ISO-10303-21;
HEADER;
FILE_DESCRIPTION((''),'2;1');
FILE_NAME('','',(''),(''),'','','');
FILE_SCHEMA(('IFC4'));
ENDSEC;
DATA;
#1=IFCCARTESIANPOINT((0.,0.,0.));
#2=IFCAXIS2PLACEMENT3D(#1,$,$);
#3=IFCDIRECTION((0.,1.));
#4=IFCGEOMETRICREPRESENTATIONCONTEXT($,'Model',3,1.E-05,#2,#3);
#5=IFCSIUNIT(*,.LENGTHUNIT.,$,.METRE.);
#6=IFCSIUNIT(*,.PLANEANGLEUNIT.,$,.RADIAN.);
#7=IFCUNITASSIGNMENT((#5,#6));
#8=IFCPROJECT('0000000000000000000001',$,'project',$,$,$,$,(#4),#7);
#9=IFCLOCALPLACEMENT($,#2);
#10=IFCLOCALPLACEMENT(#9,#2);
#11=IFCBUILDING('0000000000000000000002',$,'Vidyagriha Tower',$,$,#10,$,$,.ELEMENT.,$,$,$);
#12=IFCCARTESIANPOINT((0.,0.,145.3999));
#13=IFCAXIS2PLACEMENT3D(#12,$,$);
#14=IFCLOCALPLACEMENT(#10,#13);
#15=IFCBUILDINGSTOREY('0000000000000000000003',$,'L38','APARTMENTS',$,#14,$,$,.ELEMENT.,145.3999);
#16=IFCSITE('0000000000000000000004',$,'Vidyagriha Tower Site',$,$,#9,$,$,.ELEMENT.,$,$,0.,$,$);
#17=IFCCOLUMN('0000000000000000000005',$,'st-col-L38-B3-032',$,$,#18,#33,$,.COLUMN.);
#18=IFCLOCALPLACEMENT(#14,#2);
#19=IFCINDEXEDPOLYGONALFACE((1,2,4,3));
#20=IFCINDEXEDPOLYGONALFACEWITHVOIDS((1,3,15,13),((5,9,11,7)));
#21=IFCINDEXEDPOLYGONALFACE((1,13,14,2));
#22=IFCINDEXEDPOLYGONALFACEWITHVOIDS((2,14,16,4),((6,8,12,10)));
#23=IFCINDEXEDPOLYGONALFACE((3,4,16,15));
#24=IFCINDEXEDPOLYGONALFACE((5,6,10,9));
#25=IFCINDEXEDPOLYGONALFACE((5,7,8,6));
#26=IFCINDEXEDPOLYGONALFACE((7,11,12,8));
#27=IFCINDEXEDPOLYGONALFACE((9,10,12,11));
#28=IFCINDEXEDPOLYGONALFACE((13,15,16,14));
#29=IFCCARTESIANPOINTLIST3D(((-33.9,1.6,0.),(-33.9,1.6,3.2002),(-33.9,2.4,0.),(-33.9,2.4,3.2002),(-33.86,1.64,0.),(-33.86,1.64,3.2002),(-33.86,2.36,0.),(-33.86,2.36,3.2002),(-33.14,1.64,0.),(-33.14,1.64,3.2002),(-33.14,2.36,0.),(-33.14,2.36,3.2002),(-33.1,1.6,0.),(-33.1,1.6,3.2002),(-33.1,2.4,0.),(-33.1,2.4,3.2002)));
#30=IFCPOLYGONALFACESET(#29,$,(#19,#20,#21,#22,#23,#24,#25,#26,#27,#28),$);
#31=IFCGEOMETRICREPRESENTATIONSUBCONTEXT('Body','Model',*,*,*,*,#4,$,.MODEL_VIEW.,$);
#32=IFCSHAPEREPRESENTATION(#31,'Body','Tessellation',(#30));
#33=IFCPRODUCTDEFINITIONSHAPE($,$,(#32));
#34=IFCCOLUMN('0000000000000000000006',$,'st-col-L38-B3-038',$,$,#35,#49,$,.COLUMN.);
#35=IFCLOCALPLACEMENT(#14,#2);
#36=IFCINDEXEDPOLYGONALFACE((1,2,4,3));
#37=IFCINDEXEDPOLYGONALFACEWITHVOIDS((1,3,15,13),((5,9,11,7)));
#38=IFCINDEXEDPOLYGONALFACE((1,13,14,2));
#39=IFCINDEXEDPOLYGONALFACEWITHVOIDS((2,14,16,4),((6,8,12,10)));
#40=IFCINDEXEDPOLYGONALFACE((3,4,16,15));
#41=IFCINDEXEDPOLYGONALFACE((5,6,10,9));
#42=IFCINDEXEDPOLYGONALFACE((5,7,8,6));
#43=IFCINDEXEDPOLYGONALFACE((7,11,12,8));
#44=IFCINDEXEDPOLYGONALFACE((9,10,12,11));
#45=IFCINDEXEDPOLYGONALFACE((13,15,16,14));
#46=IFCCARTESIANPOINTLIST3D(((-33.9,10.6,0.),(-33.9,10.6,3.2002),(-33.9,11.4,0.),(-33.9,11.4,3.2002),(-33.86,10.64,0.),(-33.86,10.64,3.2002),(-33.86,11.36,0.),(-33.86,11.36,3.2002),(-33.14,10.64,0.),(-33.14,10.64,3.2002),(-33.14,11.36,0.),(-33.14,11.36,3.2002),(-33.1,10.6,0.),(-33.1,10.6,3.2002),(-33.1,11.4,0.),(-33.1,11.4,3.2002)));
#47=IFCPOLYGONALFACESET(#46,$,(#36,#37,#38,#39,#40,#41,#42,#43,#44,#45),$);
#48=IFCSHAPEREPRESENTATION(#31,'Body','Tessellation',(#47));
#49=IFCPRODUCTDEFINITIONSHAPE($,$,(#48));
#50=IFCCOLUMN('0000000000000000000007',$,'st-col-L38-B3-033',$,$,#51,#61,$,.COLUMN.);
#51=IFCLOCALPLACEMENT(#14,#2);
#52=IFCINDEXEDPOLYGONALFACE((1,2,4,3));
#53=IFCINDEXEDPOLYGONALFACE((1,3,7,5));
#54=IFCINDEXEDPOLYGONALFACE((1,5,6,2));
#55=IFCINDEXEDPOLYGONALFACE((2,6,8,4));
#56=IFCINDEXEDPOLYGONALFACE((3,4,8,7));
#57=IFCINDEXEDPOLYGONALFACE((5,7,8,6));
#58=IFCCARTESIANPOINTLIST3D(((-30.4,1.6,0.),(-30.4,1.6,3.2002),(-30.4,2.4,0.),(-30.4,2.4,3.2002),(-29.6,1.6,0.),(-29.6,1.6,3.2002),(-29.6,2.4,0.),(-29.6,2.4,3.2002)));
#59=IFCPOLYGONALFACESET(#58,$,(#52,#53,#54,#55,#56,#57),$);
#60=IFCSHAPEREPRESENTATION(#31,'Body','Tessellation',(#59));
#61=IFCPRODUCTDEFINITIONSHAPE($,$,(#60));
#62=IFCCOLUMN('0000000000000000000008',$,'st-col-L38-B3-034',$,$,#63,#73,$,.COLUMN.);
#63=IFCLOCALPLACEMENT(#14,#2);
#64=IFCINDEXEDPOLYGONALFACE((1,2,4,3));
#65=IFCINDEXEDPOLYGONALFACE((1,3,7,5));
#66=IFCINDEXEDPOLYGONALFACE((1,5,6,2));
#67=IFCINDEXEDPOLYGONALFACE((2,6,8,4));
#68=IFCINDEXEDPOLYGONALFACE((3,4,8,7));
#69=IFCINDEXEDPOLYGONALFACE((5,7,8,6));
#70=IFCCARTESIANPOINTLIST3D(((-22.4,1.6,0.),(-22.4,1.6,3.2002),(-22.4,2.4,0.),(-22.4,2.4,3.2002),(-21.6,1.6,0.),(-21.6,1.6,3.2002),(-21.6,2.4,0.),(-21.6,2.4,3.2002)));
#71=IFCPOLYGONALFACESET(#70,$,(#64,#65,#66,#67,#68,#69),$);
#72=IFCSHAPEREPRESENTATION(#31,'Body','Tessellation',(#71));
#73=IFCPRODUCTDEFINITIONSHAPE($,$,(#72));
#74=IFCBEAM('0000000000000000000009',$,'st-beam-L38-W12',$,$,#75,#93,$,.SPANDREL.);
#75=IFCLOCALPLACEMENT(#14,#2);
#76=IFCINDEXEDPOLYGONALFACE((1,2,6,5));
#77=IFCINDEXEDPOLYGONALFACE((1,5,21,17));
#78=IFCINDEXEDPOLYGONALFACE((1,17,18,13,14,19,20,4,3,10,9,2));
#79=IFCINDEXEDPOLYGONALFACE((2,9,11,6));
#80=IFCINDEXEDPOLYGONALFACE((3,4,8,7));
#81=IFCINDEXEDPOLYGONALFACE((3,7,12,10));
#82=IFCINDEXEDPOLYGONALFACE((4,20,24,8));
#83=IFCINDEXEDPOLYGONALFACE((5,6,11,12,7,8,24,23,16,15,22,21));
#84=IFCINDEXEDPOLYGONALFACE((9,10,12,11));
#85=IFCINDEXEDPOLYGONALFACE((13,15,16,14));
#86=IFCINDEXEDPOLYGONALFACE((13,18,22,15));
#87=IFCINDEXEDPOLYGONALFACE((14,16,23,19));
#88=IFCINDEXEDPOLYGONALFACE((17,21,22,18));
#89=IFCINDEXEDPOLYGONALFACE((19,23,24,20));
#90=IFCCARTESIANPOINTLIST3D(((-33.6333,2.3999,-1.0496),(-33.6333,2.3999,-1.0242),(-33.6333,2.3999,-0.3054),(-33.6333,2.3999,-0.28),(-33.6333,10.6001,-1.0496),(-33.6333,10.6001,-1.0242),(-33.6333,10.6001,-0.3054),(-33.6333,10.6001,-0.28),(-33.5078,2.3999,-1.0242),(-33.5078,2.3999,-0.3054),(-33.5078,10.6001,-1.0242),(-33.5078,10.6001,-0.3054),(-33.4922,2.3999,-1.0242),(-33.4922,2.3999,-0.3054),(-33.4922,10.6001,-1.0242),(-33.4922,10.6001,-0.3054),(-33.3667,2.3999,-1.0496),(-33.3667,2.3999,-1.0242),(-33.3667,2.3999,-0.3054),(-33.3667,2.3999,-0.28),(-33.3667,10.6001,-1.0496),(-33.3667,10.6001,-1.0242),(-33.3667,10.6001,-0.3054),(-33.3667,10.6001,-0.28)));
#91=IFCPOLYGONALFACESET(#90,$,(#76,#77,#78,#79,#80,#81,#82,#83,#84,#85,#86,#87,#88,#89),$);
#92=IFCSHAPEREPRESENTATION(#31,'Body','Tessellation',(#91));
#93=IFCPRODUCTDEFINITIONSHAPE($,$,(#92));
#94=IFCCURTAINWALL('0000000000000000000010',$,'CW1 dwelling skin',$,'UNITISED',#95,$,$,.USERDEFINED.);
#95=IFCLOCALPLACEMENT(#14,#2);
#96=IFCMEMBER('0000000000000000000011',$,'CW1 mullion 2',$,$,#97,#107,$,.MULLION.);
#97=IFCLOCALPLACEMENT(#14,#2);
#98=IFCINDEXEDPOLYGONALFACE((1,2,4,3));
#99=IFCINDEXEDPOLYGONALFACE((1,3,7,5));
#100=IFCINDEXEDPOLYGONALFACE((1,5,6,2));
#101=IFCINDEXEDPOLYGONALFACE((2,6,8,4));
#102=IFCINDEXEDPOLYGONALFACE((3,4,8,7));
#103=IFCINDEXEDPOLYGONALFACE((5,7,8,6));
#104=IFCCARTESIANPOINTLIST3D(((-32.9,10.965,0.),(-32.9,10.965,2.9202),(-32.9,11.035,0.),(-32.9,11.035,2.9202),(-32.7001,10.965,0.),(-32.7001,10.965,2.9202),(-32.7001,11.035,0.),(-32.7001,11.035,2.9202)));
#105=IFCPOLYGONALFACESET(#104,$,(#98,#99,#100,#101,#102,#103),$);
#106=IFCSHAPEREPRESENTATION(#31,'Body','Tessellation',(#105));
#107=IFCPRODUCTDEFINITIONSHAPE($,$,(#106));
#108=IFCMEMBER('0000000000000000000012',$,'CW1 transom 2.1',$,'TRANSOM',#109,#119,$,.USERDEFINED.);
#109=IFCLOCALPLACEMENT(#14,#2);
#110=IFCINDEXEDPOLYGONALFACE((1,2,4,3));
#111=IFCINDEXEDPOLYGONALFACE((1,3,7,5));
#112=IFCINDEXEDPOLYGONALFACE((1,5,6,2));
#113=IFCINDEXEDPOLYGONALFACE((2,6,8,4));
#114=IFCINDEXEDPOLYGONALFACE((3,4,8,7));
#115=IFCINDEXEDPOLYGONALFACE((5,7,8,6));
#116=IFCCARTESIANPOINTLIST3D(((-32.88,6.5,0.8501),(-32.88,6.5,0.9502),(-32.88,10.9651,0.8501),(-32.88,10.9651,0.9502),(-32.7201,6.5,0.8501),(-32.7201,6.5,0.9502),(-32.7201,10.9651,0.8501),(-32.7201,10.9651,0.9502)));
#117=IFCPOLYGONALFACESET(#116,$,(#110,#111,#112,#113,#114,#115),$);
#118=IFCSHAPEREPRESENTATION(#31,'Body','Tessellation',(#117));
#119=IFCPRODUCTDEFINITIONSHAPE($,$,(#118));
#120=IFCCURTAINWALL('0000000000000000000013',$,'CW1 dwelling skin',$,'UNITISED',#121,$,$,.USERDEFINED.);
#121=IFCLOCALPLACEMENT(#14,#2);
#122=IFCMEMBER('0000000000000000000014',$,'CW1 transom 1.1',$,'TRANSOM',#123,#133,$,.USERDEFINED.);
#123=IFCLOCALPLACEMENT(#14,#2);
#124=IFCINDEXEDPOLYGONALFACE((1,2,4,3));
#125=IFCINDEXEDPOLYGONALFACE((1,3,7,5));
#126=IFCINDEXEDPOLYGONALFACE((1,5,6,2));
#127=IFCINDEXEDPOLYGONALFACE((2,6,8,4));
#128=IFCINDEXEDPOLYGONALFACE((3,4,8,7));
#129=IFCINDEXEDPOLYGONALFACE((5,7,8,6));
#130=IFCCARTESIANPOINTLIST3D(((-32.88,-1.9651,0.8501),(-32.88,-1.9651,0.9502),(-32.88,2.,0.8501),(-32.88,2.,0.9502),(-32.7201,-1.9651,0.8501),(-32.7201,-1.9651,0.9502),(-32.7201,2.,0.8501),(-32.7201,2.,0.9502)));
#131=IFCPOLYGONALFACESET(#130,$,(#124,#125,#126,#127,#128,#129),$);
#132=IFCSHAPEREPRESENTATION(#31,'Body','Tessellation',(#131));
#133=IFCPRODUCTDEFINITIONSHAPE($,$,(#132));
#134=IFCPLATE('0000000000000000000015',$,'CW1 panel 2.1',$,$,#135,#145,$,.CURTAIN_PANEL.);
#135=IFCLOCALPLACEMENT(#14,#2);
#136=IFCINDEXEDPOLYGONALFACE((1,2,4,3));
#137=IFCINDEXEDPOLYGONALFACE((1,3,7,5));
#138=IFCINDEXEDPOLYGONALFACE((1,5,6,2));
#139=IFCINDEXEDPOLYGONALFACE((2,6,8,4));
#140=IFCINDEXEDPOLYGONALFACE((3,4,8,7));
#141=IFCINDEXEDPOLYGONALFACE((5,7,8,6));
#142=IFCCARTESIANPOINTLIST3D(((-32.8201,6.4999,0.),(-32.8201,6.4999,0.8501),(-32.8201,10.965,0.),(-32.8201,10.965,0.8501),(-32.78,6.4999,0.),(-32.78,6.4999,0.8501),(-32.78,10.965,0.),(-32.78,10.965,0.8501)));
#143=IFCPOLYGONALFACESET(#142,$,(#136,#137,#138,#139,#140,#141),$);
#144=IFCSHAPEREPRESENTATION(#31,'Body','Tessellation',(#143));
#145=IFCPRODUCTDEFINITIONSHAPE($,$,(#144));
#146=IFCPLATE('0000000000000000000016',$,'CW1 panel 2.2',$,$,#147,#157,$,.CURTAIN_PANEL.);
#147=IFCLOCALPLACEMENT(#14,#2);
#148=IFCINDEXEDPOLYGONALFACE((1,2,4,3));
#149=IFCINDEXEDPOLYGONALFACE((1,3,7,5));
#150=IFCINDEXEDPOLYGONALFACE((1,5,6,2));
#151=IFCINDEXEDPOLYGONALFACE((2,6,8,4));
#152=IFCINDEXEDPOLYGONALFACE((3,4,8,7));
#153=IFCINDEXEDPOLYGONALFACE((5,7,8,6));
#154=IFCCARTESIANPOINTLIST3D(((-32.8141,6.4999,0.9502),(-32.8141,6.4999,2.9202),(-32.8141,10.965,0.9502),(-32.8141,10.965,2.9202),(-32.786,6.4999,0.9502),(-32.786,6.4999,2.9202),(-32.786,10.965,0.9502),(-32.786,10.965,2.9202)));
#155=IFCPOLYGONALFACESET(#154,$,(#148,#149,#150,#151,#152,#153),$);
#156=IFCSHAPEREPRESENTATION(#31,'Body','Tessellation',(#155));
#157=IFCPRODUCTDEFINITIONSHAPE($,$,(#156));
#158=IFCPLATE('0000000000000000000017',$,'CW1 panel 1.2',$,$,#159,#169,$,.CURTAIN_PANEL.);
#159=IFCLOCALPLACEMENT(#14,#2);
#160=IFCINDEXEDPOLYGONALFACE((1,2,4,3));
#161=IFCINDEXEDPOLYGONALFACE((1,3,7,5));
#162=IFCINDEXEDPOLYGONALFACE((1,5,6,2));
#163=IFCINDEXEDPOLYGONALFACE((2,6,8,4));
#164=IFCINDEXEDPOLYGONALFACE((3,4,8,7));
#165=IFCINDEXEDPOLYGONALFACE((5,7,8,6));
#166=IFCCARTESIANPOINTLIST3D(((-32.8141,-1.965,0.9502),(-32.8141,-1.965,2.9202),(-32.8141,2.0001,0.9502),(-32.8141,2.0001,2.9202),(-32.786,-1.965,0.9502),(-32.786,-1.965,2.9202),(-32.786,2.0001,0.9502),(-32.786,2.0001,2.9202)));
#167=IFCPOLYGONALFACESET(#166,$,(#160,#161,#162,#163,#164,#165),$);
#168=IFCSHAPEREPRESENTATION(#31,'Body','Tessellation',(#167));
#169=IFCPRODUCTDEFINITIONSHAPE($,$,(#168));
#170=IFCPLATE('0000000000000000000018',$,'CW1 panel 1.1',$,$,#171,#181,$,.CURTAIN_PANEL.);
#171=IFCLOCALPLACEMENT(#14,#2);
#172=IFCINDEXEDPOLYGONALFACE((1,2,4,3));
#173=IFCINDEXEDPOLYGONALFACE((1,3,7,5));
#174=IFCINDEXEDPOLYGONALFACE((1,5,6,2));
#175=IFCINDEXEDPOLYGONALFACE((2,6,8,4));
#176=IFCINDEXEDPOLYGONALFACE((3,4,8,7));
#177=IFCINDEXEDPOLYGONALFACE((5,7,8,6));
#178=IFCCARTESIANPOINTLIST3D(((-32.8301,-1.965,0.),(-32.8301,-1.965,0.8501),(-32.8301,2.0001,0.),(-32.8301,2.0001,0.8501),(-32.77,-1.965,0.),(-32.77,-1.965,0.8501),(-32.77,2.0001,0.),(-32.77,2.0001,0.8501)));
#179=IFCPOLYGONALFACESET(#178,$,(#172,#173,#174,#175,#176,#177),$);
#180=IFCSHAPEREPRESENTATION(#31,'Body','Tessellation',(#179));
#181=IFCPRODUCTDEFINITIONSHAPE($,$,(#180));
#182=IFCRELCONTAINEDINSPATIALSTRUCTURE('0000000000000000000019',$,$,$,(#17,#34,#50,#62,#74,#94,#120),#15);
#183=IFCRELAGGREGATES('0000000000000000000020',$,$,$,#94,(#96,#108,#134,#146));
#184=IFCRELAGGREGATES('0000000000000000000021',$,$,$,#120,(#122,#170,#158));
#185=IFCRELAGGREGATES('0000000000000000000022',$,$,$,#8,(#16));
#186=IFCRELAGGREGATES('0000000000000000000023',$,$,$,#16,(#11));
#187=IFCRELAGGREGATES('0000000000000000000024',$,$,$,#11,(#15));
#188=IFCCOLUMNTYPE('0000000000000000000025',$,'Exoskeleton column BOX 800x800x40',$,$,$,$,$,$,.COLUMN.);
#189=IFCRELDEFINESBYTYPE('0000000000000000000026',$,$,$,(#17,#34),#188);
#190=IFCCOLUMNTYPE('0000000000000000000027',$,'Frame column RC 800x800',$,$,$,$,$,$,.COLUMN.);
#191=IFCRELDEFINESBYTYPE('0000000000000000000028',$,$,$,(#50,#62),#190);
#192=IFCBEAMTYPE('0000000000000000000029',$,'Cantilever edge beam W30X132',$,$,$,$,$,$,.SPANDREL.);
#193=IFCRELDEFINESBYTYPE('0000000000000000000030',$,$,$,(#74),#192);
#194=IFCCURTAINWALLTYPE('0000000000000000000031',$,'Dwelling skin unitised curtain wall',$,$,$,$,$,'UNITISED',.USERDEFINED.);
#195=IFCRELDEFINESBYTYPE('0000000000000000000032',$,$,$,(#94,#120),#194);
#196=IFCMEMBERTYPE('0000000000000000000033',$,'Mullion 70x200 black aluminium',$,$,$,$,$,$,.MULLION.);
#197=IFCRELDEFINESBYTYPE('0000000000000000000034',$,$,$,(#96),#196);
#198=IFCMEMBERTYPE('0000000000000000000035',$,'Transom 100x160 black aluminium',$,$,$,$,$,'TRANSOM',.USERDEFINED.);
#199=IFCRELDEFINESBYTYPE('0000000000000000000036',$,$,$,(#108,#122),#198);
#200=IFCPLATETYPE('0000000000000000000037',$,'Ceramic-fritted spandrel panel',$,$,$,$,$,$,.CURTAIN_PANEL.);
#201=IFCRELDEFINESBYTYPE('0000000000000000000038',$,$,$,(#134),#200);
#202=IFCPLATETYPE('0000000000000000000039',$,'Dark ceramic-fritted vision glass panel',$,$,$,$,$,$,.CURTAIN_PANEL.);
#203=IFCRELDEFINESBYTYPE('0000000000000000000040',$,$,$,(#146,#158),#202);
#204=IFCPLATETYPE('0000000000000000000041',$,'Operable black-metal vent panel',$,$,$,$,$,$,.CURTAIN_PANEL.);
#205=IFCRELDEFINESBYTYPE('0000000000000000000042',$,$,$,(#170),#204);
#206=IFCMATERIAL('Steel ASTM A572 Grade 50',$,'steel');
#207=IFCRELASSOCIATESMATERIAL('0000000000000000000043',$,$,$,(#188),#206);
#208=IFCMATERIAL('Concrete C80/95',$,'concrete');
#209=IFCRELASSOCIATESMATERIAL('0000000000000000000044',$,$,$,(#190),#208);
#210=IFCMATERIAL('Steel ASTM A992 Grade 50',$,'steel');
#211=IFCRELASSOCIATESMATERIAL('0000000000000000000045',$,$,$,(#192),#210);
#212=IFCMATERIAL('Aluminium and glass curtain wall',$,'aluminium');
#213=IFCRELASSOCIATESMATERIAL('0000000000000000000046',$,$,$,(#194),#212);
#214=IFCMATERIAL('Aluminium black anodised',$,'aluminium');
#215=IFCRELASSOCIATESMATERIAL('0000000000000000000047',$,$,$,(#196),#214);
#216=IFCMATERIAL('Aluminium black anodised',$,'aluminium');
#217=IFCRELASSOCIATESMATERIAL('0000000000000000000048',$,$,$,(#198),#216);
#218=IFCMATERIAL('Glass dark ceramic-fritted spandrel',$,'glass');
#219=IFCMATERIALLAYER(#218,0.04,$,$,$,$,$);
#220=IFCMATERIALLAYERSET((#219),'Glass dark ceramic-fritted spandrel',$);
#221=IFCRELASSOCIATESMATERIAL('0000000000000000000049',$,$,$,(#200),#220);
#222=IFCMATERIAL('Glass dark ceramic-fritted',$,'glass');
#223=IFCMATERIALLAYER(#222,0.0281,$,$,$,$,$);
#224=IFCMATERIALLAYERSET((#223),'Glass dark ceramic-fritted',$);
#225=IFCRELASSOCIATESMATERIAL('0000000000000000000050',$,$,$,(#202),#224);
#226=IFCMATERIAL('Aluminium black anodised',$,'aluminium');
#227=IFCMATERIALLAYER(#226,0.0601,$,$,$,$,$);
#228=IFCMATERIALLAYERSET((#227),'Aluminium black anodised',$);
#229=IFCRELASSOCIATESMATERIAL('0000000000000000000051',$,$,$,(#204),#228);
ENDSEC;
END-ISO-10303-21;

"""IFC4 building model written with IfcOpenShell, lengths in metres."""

from ifc_helpers import new_model, si_unit, direction, frame, origin, origin_2d, place, context, subcontext, project, spatial, rectangle, hollow_rectangle, i_section, extrude, material, layer, layer_set, material_profile, profile_set, type_object, element, aggregate, save


model = new_model("IFC4")

# Units and contexts
model_context = context("Model", 3, precision=1e-05, world=origin(), true_north=direction((0.0, 1.0)))
body_context = subcontext(model_context, "Body", "Model", "MODEL_VIEW")
ifc_project = project(units=[si_unit("LENGTHUNIT", "METRE"), si_unit("PLANEANGLEUNIT", "RADIAN")], contexts=[model_context])

# Site, building, storey
site_placement = place(None, origin())
site = spatial("IfcSite", under=ifc_project, at=site_placement, Name="Vidyagriha Tower Site", CompositionType="ELEMENT", RefElevation=0.0)
building_placement = place(site_placement, origin())
building = spatial("IfcBuilding", under=site, at=building_placement, Name="Vidyagriha Tower", CompositionType="ELEMENT")
storey_placement = place(building_placement, frame((0.0, 0.0, 145.3999)))
storey = spatial("IfcBuildingStorey", under=building, at=storey_placement, Name="L38", Description="APARTMENTS", CompositionType="ELEMENT", Elevation=145.3999)

# Columns
ifc_material_1 = material(Name="Steel ASTM A572 Grade 50", Category="steel")
ifc_material_profile_1 = material_profile(ifc_material_1, hollow_rectangle(XDim=0.8, YDim=0.8, WallThickness=0.04, at=origin_2d()), Name="BOX 800x800x40")
ifc_profile_set_1 = profile_set([ifc_material_profile_1], Name="Steel ASTM A572 Grade 50")
column_type_1 = type_object("IfcColumnType", Name="Exoskeleton column BOX 800x800x40", PredefinedType="COLUMN", material=ifc_profile_set_1)
for number, where, name in (
    (1, (-33.5, 2.0, 0.0), "st-col-L38-B3-032"),
    (2, (-33.5, 11.0, 0.0), "st-col-L38-B3-038"),
):
    element("IfcColumn", number, at=place(storey_placement, frame(where)), inside=storey, type_object=column_type_1, Name=name, PredefinedType="COLUMN", context=body_context, shape_type="SweptSolid", body=[
        extrude(hollow_rectangle(XDim=0.8, YDim=0.8, WallThickness=0.04, at=origin_2d()), origin(), (0.0, 0.0, 1.0), 3.2002),
    ])
ifc_material_2 = material(Name="Concrete C80/95", Category="concrete")
ifc_material_profile_2 = material_profile(ifc_material_2, rectangle(XDim=0.8, YDim=0.8, at=origin_2d()), Name="RC 800x800")
ifc_profile_set_2 = profile_set([ifc_material_profile_2], Name="Concrete C80/95")
column_type_2 = type_object("IfcColumnType", Name="Frame column RC 800x800", PredefinedType="COLUMN", material=ifc_profile_set_2)
for number, where, name in (
    (3, (-30.0, 2.0, 0.0), "st-col-L38-B3-033"),
    (4, (-22.0, 2.0, 0.0), "st-col-L38-B3-034"),
):
    element("IfcColumn", number, at=place(storey_placement, frame(where)), inside=storey, type_object=column_type_2, Name=name, PredefinedType="COLUMN", context=body_context, shape_type="SweptSolid", body=[
        extrude(rectangle(XDim=0.8, YDim=0.8, at=origin_2d()), origin(), (0.0, 0.0, 1.0), 3.2002),
    ])

# Beam
ifc_material_3 = material(Name="Steel ASTM A992 Grade 50", Category="steel")
ifc_material_profile_3 = material_profile(ifc_material_3, i_section(OverallWidth=0.2666, OverallDepth=0.7695, WebThickness=0.0156, FlangeThickness=0.0254, at=origin_2d()), Name="W30X132")
ifc_profile_set_3 = profile_set([ifc_material_profile_3], Name="Steel ASTM A992 Grade 50")
beam_type = type_object("IfcBeamType", Name="Cantilever edge beam W30X132", PredefinedType="SPANDREL", material=ifc_profile_set_3)
beam_placement = place(storey_placement, frame((-33.5, 2.3999, -0.6648), z_axis=(0.0, 1.0, 0.0), x_axis=(-1.0, 0.0, 0.0)))
element("IfcBeam", 5, at=beam_placement, inside=storey, type_object=beam_type, Name="st-beam-L38-W12", PredefinedType="SPANDREL", context=body_context, shape_type="SweptSolid", body=[
    extrude(i_section(OverallWidth=0.2666, OverallDepth=0.7695, WebThickness=0.0156, FlangeThickness=0.0254, at=origin_2d()), origin(), (0.0, 0.0, 1.0), 8.2002),
])

# Curtain wall, members
ifc_material_4 = material(Name="Aluminium and glass curtain wall", Category="aluminium")
curtain_wall_type = type_object("IfcCurtainWallType", Name="Dwelling skin unitised curtain wall", ElementType="UNITISED", PredefinedType="USERDEFINED", material=ifc_material_4)
curtain_wall_1_placement = place(storey_placement, origin())
curtain_wall_1 = element("IfcCurtainWall", 6, at=curtain_wall_1_placement, inside=storey, type_object=curtain_wall_type, Name="CW1 dwelling skin", ObjectType="UNITISED", PredefinedType="USERDEFINED")
ifc_material_5 = material(Name="Aluminium black anodised", Category="aluminium")
ifc_material_profile_4 = material_profile(ifc_material_5, rectangle(XDim=0.2, YDim=0.0701, at=origin_2d()), Name="Mullion 70x200 black aluminium")
ifc_profile_set_4 = profile_set([ifc_material_profile_4], Name="Aluminium black anodised")
member_type_1 = type_object("IfcMemberType", Name="Mullion 70x200 black aluminium", PredefinedType="MULLION", material=ifc_profile_set_4)
member_1_placement = place(storey_placement, frame((-32.8, 11.0, 0.0)))
member_1 = element("IfcMember", 7, at=member_1_placement, type_object=member_type_1, Name="CW1 mullion 2", PredefinedType="MULLION", context=body_context, shape_type="SweptSolid", body=[
    extrude(rectangle(XDim=0.2, YDim=0.0701, at=origin_2d()), origin(), (0.0, 0.0, 1.0), 2.9202),
])
ifc_material_6 = material(Name="Aluminium black anodised", Category="aluminium")
ifc_material_profile_5 = material_profile(ifc_material_6, rectangle(XDim=0.1599, YDim=0.1001, at=origin_2d()), Name="Transom 100x160 black aluminium")
ifc_profile_set_5 = profile_set([ifc_material_profile_5], Name="Aluminium black anodised")
member_type_2 = type_object("IfcMemberType", Name="Transom 100x160 black aluminium", ElementType="TRANSOM", PredefinedType="USERDEFINED", material=ifc_profile_set_5)
member_2_placement = place(storey_placement, frame((-32.8, 10.9651, 0.9001), z_axis=(0.0, -1.0, 0.0), x_axis=(1.0, 0.0, 0.0)))
member_2 = element("IfcMember", 8, at=member_2_placement, type_object=member_type_2, Name="CW1 transom 2.1", ObjectType="TRANSOM", PredefinedType="USERDEFINED", context=body_context, shape_type="SweptSolid", body=[
    extrude(rectangle(XDim=0.1599, YDim=0.1001, at=origin_2d()), origin(), (0.0, 0.0, 1.0), 4.4651),
])

# Curtain wall, member
curtain_wall_2_placement = place(storey_placement, origin())
curtain_wall_2 = element("IfcCurtainWall", 9, at=curtain_wall_2_placement, inside=storey, type_object=curtain_wall_type, Name="CW1 dwelling skin", ObjectType="UNITISED", PredefinedType="USERDEFINED")
member_3_placement = place(storey_placement, frame((-32.8, 2.0, 0.9001), z_axis=(0.0, -1.0, 0.0), x_axis=(1.0, 0.0, 0.0)))
member_3 = element("IfcMember", 10, at=member_3_placement, type_object=member_type_2, Name="CW1 transom 1.1", ObjectType="TRANSOM", PredefinedType="USERDEFINED", context=body_context, shape_type="SweptSolid", body=[
    extrude(rectangle(XDim=0.1599, YDim=0.1001, at=origin_2d()), origin(), (0.0, 0.0, 1.0), 3.9651),
])

# Plates
ifc_material_7 = material(Name="Glass dark ceramic-fritted spandrel", Category="glass")
ifc_layer_1 = layer(ifc_material_7, 0.04)
ifc_layer_set_1 = layer_set([ifc_layer_1], Name="Glass dark ceramic-fritted spandrel")
plate_type_1 = type_object("IfcPlateType", Name="Ceramic-fritted spandrel panel", PredefinedType="CURTAIN_PANEL", material=ifc_layer_set_1)
plate_1_placement = place(storey_placement, frame((-32.8, 8.7324, 0.0), z_axis=(0.0, 0.0, 1.0), x_axis=(0.0, -1.0, 0.0)))
plate_1 = element("IfcPlate", 11, at=plate_1_placement, type_object=plate_type_1, Name="CW1 panel 2.1", PredefinedType="CURTAIN_PANEL", context=body_context, shape_type="SweptSolid", body=[
    extrude(rectangle(XDim=4.4651, YDim=0.04, at=origin_2d()), origin(), (0.0, 0.0, 1.0), 0.8501),
])
ifc_material_8 = material(Name="Glass dark ceramic-fritted", Category="glass")
ifc_layer_2 = layer(ifc_material_8, 0.0281)
ifc_layer_set_2 = layer_set([ifc_layer_2], Name="Glass dark ceramic-fritted")
plate_type_2 = type_object("IfcPlateType", Name="Dark ceramic-fritted vision glass panel", PredefinedType="CURTAIN_PANEL", material=ifc_layer_set_2)
plate_2_placement = place(storey_placement, frame((-32.8, 8.7324, 0.9502), z_axis=(0.0, 0.0, 1.0), x_axis=(0.0, -1.0, 0.0)))
plate_2 = element("IfcPlate", 12, at=plate_2_placement, type_object=plate_type_2, Name="CW1 panel 2.2", PredefinedType="CURTAIN_PANEL", context=body_context, shape_type="SweptSolid", body=[
    extrude(rectangle(XDim=4.4651, YDim=0.0281, at=origin_2d()), origin(), (0.0, 0.0, 1.0), 1.97),
])
aggregate(curtain_wall_1, [member_1, member_2, plate_1, plate_2])
plate_3_placement = place(storey_placement, frame((-32.8, 0.0176, 0.9502), z_axis=(0.0, 0.0, 1.0), x_axis=(0.0, -1.0, 0.0)))
plate_3 = element("IfcPlate", 13, at=plate_3_placement, type_object=plate_type_2, Name="CW1 panel 1.2", PredefinedType="CURTAIN_PANEL", context=body_context, shape_type="SweptSolid", body=[
    extrude(rectangle(XDim=3.9651, YDim=0.0281, at=origin_2d()), origin(), (0.0, 0.0, 1.0), 1.97),
])
ifc_material_9 = material(Name="Aluminium black anodised", Category="aluminium")
ifc_layer_3 = layer(ifc_material_9, 0.0601)
ifc_layer_set_3 = layer_set([ifc_layer_3], Name="Aluminium black anodised")
plate_type_3 = type_object("IfcPlateType", Name="Operable black-metal vent panel", PredefinedType="CURTAIN_PANEL", material=ifc_layer_set_3)
plate_4_placement = place(storey_placement, frame((-32.8, 0.0176, 0.0), z_axis=(0.0, 0.0, 1.0), x_axis=(0.0, -1.0, 0.0)))
plate_4 = element("IfcPlate", 14, at=plate_4_placement, type_object=plate_type_3, Name="CW1 panel 1.1", PredefinedType="CURTAIN_PANEL", context=body_context, shape_type="SweptSolid", body=[
    extrude(rectangle(XDim=3.9651, YDim=0.0601, at=origin_2d()), origin(), (0.0, 0.0, 1.0), 0.8501),
])
aggregate(curtain_wall_2, [member_3, plate_4, plate_3])

save(model, "model.ifc")
